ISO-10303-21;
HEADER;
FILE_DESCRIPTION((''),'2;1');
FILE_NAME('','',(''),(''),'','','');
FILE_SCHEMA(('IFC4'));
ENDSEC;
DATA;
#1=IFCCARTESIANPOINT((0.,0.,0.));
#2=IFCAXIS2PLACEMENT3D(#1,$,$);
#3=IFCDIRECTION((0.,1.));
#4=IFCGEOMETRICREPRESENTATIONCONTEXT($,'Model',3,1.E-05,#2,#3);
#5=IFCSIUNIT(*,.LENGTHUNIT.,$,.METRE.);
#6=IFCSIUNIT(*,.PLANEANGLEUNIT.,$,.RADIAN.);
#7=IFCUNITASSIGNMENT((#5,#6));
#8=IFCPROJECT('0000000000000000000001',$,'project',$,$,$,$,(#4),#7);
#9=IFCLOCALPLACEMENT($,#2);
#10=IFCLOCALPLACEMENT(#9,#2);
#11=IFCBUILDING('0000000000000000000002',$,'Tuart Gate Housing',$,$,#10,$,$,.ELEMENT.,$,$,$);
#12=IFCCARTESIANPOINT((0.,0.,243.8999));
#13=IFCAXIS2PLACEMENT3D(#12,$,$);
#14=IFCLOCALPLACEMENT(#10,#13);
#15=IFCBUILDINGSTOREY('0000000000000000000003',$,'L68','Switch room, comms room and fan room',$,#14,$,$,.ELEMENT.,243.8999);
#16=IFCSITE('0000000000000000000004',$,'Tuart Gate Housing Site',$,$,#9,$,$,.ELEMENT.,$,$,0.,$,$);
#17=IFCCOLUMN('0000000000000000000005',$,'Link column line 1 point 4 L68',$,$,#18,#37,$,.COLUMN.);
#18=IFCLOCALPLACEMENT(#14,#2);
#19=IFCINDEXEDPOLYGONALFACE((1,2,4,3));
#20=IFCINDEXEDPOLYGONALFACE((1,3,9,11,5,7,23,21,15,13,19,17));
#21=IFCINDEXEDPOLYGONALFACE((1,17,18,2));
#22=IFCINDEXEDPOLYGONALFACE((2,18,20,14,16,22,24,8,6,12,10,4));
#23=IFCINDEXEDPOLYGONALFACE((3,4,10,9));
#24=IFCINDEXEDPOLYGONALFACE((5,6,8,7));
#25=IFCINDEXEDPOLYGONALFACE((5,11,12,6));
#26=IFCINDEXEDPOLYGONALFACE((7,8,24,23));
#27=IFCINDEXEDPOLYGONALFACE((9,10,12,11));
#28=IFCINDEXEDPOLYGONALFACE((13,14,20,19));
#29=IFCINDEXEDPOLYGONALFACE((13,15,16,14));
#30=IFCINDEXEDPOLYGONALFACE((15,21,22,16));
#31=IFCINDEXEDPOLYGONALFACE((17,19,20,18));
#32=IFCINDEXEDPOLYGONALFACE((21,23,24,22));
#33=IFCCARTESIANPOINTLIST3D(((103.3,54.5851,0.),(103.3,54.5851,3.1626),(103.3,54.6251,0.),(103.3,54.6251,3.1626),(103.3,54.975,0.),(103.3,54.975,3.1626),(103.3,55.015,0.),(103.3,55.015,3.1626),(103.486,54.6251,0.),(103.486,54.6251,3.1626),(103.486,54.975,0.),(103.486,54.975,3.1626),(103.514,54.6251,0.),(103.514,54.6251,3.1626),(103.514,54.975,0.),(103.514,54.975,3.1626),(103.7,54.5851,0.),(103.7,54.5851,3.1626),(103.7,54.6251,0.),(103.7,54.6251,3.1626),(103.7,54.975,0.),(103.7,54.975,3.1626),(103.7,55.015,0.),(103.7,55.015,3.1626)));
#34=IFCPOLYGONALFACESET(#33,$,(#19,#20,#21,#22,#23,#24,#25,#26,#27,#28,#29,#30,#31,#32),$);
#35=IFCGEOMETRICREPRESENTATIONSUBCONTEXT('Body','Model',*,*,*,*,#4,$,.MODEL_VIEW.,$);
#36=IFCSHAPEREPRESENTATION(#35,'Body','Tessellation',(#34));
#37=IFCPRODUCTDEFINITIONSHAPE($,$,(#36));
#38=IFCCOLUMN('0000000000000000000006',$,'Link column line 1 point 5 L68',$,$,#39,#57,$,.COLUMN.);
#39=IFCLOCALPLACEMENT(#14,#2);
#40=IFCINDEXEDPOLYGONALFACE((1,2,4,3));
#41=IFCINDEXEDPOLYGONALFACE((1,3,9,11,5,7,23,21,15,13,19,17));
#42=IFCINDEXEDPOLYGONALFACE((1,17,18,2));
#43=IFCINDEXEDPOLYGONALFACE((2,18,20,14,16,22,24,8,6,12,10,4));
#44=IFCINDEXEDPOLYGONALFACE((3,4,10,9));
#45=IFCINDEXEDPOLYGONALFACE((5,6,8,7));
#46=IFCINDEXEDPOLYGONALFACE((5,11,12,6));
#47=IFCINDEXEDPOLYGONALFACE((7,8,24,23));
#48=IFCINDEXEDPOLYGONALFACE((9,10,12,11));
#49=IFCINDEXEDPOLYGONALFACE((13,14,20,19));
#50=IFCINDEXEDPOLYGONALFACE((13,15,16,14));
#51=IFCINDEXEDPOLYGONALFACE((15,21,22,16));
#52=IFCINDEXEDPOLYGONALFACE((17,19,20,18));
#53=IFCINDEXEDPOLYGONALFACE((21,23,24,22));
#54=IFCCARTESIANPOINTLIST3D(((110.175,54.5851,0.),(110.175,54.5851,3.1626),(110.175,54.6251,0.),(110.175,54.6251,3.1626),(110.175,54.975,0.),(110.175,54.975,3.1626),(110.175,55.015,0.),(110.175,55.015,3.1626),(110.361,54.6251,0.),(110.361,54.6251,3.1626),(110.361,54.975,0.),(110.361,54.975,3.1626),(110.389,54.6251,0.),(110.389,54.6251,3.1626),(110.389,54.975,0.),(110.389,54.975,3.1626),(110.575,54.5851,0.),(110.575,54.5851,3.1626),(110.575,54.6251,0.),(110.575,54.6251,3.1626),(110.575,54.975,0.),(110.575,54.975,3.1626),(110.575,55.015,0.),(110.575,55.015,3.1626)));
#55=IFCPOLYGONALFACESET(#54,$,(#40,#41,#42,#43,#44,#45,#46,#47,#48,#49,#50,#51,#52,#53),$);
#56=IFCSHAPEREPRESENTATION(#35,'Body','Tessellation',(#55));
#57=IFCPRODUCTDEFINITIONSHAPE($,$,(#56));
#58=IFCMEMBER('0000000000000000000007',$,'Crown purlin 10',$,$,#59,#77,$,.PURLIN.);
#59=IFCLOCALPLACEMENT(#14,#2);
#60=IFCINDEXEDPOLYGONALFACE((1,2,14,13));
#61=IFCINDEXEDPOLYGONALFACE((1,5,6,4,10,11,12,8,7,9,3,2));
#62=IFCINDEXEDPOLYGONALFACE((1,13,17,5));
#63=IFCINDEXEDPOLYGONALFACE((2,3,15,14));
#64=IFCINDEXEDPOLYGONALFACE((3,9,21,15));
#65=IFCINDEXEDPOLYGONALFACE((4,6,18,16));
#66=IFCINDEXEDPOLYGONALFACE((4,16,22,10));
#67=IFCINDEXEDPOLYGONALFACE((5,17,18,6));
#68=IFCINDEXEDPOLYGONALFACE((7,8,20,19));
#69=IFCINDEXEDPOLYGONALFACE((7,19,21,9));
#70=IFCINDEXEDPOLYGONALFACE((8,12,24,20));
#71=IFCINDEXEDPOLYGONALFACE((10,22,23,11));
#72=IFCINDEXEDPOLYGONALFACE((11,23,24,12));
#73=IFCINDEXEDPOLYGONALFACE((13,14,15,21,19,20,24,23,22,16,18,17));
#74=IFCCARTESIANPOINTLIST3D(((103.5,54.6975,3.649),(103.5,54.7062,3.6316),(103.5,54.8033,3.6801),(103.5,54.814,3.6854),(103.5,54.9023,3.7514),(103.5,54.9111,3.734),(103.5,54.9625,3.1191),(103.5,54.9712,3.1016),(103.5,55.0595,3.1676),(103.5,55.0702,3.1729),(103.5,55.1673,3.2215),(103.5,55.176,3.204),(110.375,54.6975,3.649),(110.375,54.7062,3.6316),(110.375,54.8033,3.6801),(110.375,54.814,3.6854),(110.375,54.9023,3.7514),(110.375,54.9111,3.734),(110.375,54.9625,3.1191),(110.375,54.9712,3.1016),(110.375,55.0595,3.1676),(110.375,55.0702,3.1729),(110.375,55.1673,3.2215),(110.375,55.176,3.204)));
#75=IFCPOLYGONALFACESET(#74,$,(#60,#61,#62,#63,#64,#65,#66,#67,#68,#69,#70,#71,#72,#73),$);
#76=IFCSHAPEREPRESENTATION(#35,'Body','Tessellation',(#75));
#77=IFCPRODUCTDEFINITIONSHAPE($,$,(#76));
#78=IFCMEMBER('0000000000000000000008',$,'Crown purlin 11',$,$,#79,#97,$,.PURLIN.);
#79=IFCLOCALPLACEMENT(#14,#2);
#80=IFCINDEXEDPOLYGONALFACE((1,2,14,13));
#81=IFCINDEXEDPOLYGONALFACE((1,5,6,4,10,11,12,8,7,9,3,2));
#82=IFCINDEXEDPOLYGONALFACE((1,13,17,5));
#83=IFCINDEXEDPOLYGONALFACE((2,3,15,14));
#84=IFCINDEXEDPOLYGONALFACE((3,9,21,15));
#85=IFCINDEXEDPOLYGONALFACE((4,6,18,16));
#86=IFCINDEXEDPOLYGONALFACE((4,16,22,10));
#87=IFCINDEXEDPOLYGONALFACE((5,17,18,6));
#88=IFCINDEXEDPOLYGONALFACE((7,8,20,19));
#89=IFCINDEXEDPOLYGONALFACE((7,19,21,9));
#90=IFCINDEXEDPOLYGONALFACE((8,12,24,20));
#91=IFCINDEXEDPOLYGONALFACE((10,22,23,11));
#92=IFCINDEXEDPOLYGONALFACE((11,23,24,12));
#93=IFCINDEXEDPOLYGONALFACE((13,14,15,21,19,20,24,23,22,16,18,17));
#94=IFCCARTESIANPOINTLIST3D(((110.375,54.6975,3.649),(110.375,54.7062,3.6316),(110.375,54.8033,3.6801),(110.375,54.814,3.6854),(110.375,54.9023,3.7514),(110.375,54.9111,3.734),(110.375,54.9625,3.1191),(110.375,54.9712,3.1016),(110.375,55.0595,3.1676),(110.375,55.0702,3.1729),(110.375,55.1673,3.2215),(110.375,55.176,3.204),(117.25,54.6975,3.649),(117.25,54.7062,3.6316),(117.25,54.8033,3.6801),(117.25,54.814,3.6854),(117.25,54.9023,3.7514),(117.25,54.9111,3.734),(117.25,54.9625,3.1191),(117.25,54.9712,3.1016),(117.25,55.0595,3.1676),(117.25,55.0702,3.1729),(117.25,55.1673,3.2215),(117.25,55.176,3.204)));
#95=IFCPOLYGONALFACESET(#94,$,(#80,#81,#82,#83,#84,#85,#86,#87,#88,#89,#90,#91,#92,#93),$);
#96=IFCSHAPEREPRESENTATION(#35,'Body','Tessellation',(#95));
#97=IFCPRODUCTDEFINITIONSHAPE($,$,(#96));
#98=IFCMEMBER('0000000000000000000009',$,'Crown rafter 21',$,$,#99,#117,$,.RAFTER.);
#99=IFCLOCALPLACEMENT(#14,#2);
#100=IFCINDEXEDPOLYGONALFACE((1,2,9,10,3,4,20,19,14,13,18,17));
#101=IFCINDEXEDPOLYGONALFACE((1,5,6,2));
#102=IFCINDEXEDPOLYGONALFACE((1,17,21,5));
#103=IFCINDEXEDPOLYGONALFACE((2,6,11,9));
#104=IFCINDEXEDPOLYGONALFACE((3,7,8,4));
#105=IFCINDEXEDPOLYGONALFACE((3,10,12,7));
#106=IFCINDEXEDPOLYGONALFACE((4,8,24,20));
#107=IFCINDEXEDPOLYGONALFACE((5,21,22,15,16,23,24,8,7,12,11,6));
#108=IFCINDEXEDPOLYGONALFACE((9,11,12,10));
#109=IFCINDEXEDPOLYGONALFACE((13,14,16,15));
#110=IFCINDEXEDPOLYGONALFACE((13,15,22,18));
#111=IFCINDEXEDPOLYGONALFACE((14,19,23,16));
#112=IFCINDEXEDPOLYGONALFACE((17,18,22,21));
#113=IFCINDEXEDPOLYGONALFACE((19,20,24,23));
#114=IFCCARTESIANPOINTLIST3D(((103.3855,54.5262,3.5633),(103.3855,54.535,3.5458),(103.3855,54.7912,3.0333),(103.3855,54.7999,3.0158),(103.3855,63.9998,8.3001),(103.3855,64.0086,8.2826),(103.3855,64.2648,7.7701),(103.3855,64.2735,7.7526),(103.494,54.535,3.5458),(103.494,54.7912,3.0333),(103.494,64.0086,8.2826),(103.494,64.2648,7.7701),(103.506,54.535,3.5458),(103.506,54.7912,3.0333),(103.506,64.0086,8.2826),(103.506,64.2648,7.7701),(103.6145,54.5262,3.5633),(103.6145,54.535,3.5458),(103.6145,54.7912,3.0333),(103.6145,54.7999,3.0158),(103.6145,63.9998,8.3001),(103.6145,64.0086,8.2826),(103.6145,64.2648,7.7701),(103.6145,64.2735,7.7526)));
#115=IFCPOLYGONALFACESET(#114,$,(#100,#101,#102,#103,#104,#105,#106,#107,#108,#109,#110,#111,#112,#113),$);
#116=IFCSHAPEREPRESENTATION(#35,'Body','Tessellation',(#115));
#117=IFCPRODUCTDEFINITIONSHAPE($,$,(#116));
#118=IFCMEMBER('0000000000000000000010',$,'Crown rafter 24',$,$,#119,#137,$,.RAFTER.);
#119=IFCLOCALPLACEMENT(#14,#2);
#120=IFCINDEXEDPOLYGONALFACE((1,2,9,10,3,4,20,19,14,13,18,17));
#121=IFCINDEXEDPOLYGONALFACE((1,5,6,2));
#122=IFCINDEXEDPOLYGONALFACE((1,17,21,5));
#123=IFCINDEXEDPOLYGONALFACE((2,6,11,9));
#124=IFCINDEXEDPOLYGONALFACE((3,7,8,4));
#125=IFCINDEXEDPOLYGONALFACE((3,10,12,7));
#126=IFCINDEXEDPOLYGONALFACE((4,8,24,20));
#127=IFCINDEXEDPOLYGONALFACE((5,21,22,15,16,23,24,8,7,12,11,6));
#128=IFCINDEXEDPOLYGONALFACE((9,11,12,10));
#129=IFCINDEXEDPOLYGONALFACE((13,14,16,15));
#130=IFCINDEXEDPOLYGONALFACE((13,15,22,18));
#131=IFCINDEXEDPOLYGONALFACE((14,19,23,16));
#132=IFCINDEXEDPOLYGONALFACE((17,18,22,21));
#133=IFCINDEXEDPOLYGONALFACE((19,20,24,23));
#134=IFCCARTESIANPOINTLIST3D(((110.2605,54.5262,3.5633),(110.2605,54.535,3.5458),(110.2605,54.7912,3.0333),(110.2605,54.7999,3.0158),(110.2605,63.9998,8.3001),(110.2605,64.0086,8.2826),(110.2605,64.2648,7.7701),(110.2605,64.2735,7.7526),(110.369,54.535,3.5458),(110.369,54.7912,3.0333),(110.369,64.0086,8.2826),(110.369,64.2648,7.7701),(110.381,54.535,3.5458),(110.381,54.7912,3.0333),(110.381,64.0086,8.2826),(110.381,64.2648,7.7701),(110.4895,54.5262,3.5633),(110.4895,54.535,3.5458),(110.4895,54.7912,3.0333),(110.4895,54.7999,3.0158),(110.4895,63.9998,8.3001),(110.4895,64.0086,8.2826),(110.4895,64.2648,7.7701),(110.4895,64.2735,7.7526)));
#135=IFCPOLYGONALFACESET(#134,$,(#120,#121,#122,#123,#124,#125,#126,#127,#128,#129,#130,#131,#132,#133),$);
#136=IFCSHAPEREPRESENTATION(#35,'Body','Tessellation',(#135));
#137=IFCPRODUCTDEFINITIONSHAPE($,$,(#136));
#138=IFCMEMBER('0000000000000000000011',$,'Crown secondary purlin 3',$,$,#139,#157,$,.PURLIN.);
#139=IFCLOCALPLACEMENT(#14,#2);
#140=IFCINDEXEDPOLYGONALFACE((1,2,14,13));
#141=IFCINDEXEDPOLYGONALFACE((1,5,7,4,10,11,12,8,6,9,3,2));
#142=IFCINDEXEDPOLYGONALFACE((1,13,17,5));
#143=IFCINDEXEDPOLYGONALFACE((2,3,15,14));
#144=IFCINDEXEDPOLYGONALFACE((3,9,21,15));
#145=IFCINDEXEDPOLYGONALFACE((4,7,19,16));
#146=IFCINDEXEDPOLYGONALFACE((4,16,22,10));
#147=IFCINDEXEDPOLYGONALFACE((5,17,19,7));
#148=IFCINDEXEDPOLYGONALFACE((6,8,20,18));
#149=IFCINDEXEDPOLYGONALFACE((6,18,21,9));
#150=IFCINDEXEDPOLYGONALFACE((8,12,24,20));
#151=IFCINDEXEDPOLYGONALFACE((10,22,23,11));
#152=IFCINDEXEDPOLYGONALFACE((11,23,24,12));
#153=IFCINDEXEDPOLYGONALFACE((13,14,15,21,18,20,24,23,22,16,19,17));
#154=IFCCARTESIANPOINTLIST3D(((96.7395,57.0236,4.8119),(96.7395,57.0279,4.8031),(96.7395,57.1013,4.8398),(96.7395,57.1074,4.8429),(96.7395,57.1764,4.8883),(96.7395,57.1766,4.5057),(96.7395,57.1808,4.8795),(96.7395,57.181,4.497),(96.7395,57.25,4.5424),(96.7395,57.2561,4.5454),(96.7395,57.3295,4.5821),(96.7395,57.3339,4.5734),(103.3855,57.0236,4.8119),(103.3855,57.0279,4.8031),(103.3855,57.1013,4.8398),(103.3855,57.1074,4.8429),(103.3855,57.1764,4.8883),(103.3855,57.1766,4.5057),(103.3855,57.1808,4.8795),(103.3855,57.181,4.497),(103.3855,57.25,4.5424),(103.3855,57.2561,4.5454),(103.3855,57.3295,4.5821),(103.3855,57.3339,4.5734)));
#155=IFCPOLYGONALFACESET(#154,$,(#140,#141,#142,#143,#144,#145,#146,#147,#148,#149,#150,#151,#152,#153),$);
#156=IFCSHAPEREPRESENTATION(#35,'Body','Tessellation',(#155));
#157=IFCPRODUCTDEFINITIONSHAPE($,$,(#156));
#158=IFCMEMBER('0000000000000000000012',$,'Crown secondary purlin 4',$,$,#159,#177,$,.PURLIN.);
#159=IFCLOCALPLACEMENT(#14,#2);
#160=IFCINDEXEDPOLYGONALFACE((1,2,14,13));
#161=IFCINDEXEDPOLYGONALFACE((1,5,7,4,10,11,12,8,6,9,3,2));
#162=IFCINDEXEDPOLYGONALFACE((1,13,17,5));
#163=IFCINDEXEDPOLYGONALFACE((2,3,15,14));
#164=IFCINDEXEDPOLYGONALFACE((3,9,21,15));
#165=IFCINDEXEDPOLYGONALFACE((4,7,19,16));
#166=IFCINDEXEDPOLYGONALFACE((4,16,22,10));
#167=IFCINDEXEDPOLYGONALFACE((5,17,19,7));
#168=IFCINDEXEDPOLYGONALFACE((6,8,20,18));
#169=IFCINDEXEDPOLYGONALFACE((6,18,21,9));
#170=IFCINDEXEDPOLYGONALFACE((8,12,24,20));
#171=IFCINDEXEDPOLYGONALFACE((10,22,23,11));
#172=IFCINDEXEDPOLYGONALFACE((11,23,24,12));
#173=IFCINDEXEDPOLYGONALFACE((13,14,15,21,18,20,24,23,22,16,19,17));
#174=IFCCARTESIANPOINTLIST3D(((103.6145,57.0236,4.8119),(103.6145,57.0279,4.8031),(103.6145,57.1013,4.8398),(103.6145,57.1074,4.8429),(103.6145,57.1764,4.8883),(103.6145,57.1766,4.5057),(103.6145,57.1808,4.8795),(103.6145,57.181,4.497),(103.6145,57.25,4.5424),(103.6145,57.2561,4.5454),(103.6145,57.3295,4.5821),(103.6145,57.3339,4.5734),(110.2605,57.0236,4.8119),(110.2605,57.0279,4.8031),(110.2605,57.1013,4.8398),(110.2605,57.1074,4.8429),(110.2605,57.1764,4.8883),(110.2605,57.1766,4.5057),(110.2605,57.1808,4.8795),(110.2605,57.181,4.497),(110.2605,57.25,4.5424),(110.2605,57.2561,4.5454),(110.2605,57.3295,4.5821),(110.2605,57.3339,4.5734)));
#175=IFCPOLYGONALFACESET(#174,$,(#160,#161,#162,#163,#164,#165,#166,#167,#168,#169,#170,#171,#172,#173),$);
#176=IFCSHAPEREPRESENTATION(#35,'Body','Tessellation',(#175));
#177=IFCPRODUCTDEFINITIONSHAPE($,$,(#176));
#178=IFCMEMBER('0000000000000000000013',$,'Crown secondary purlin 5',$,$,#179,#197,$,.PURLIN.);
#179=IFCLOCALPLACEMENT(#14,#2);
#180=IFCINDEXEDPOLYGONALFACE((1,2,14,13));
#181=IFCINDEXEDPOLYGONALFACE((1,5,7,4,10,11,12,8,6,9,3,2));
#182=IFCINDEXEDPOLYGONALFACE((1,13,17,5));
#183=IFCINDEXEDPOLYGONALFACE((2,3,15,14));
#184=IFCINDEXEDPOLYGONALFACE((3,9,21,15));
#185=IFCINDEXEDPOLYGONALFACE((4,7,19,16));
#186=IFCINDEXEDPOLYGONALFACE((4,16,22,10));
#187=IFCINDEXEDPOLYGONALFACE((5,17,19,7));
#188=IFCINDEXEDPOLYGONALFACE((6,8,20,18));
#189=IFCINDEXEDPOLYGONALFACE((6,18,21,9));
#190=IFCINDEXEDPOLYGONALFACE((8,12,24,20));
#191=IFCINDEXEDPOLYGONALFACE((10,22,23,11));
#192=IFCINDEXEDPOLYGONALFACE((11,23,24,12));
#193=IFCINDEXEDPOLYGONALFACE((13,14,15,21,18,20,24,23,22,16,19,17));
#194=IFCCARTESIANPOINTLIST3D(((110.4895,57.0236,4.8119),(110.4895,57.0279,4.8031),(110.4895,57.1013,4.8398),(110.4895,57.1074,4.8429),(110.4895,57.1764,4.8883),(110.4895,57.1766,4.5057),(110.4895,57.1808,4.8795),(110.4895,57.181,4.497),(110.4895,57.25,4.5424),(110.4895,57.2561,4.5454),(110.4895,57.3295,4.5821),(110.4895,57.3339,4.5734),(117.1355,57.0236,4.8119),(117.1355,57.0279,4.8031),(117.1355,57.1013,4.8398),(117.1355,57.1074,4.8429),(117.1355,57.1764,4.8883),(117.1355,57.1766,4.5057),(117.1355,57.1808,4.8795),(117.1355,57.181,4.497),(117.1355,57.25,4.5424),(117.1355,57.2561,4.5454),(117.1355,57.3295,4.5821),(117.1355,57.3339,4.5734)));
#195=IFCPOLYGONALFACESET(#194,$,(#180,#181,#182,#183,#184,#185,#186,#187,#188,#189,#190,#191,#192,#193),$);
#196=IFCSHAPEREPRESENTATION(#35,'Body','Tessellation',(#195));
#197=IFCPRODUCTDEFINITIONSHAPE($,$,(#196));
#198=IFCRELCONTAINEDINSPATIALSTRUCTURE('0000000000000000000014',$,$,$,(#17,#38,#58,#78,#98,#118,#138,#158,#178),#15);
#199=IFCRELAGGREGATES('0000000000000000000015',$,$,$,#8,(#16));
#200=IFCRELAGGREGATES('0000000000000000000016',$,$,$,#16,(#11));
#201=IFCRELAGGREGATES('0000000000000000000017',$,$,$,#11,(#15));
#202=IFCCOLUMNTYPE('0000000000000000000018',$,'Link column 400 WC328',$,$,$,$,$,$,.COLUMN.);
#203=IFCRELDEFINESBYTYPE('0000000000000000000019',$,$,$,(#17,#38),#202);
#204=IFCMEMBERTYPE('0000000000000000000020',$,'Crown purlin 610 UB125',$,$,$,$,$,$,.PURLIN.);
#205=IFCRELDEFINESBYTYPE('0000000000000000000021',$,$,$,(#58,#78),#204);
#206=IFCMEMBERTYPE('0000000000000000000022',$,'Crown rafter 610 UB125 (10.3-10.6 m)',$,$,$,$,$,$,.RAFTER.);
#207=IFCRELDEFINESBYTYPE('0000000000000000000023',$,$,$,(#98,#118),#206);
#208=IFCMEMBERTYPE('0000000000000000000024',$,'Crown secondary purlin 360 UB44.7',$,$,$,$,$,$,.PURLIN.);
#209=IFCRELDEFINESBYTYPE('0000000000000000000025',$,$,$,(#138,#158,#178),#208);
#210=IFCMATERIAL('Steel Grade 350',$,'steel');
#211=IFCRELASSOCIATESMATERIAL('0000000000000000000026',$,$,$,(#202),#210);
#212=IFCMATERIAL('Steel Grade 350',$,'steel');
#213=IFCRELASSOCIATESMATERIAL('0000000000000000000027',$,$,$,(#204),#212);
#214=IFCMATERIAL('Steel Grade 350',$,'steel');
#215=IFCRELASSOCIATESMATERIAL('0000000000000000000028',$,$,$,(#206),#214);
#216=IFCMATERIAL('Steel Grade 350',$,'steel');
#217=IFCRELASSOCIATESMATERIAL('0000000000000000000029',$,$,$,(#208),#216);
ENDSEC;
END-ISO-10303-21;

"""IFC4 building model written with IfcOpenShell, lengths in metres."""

from ifc_helpers import new_model, si_unit, direction, frame, origin, origin_2d, place, context, subcontext, project, spatial, i_section, extrude, material, material_profile, profile_set, type_object, element, save


model = new_model("IFC4")

# Units and contexts
model_context = context("Model", 3, precision=1e-05, world=origin(), true_north=direction((0.0, 1.0)))
body_context = subcontext(model_context, "Body", "Model", "MODEL_VIEW")
ifc_project = project(units=[si_unit("LENGTHUNIT", "METRE"), si_unit("PLANEANGLEUNIT", "RADIAN")], contexts=[model_context])

# Site, building, storey
site_placement = place(None, origin())
site = spatial("IfcSite", under=ifc_project, at=site_placement, Name="Tuart Gate Housing Site", CompositionType="ELEMENT", RefElevation=0.0)
building_placement = place(site_placement, origin())
building = spatial("IfcBuilding", under=site, at=building_placement, Name="Tuart Gate Housing", CompositionType="ELEMENT")
storey_placement = place(building_placement, frame((0.0, 0.0, 243.8999)))
storey = spatial("IfcBuildingStorey", under=building, at=storey_placement, Name="L68", Description="Switch room, comms room and fan room", CompositionType="ELEMENT", Elevation=243.8999)

# Columns
ifc_material_1 = material(Name="Steel Grade 350", Category="steel")
ifc_material_profile_1 = material_profile(ifc_material_1, i_section(OverallWidth=0.3999, OverallDepth=0.4299, WebThickness=0.0281, FlangeThickness=0.04, at=origin_2d()), Name="400WC328")
ifc_profile_set_1 = profile_set([ifc_material_profile_1], Name="Steel Grade 350")
column_type = type_object("IfcColumnType", Name="Link column 400 WC328", PredefinedType="COLUMN", material=ifc_profile_set_1)
for number, where, z_axis, x_axis, name in (
    (1, (103.5, 54.8, 0.0), (0.0, 0.0, 1.0), (1.0, 0.0, 0.0), "Link column line 1 point 4 L68"),
    (2, (110.375, 54.8, 0.0), (0.0, 0.0, 1.0), (1.0, 0.0, 0.0), "Link column line 1 point 5 L68"),
):
    element("IfcColumn", number, at=place(storey_placement, frame(where, z_axis=z_axis, x_axis=x_axis)), inside=storey, type_object=column_type, Name=name, PredefinedType="COLUMN", context=body_context, shape_type="SweptSolid", body=[
        extrude(i_section(OverallWidth=0.3999, OverallDepth=0.4299, WebThickness=0.0281, FlangeThickness=0.04, at=origin_2d()), origin(), (0.0, 0.0, 1.0), 3.1626),
    ])

# Members
ifc_material_2 = material(Name="Steel Grade 350", Category="steel")
ifc_material_profile_2 = material_profile(ifc_material_2, i_section(OverallWidth=0.229, OverallDepth=0.6121, WebThickness=0.012, FlangeThickness=0.0195, at=origin_2d()), Name="610UB125")
ifc_profile_set_2 = profile_set([ifc_material_profile_2], Name="Steel Grade 350")
member_type_1 = type_object("IfcMemberType", Name="Crown purlin 610 UB125", PredefinedType="PURLIN", material=ifc_profile_set_2)
for number, where, z_axis, x_axis, name in (
    (3, (103.5, 54.9368, 3.4265), (1.0, 0.0, 0.0), (0.0, 0.894427, 0.447214), "Crown purlin 10"),
    (4, (110.375, 54.9368, 3.4265), (1.0, 0.0, 0.0), (0.0, 0.894427, 0.447214), "Crown purlin 11"),
):
    element("IfcMember", number, at=place(storey_placement, frame(where, z_axis=z_axis, x_axis=x_axis)), inside=storey, type_object=member_type_1, Name=name, PredefinedType="PURLIN", context=body_context, shape_type="SweptSolid", body=[
        extrude(i_section(OverallWidth=0.229, OverallDepth=0.6121, WebThickness=0.012, FlangeThickness=0.0195, at=origin_2d()), origin(), (0.0, 0.0, 1.0), 6.875),
    ])
ifc_material_3 = material(Name="Steel Grade 350", Category="steel")
ifc_material_profile_3 = material_profile(ifc_material_3, i_section(OverallWidth=0.229, OverallDepth=0.6121, WebThickness=0.012, FlangeThickness=0.0195, at=origin_2d()), Name="610UB125")
ifc_profile_set_3 = profile_set([ifc_material_profile_3], Name="Steel Grade 350")
member_type_2 = type_object("IfcMemberType", Name="Crown rafter 610 UB125 (10.3-10.6 m)", PredefinedType="RAFTER", material=ifc_profile_set_3)
for number, where, z_axis, x_axis, name in (
    (5, (103.5, 54.6631, 3.2896), (0.0, 0.894427, 0.447214), (-1.0, 0.0, 0.0), "Crown rafter 21"),
    (6, (110.375, 54.6631, 3.2896), (0.0, 0.894427, 0.447214), (-1.0, 0.0, 0.0), "Crown rafter 24"),
):
    element("IfcMember", number, at=place(storey_placement, frame(where, z_axis=z_axis, x_axis=x_axis)), inside=storey, type_object=member_type_2, Name=name, PredefinedType="RAFTER", context=body_context, shape_type="SweptSolid", body=[
        extrude(i_section(OverallWidth=0.229, OverallDepth=0.6121, WebThickness=0.012, FlangeThickness=0.0195, at=origin_2d()), origin(), (0.0, 0.0, 1.0), 10.5918),
    ])
ifc_material_4 = material(Name="Steel Grade 350", Category="steel")
ifc_material_profile_4 = material_profile(ifc_material_4, i_section(OverallWidth=0.1709, OverallDepth=0.3521, WebThickness=0.0068, FlangeThickness=0.0098, at=origin_2d()), Name="360UB44.7")
ifc_profile_set_4 = profile_set([ifc_material_profile_4], Name="Steel Grade 350")
member_type_3 = type_object("IfcMemberType", Name="Crown secondary purlin 360 UB44.7", PredefinedType="PURLIN", material=ifc_profile_set_4)
for number, where, z_axis, x_axis, name in (
    (7, (96.7395, 57.1787, 4.6926), (1.0, 0.0, 0.0), (0.0, 0.894427, 0.447214), "Crown secondary purlin 3"),
    (8, (103.6145, 57.1787, 4.6926), (1.0, 0.0, 0.0), (0.0, 0.894427, 0.447214), "Crown secondary purlin 4"),
    (9, (110.4895, 57.1787, 4.6926), (1.0, 0.0, 0.0), (0.0, 0.894427, 0.447214), "Crown secondary purlin 5"),
):
    element("IfcMember", number, at=place(storey_placement, frame(where, z_axis=z_axis, x_axis=x_axis)), inside=storey, type_object=member_type_3, Name=name, PredefinedType="PURLIN", context=body_context, shape_type="SweptSolid", body=[
        extrude(i_section(OverallWidth=0.1709, OverallDepth=0.3521, WebThickness=0.0068, FlangeThickness=0.0098, at=origin_2d()), origin(), (0.0, 0.0, 1.0), 6.646),
    ])

save(model, "model.ifc")
